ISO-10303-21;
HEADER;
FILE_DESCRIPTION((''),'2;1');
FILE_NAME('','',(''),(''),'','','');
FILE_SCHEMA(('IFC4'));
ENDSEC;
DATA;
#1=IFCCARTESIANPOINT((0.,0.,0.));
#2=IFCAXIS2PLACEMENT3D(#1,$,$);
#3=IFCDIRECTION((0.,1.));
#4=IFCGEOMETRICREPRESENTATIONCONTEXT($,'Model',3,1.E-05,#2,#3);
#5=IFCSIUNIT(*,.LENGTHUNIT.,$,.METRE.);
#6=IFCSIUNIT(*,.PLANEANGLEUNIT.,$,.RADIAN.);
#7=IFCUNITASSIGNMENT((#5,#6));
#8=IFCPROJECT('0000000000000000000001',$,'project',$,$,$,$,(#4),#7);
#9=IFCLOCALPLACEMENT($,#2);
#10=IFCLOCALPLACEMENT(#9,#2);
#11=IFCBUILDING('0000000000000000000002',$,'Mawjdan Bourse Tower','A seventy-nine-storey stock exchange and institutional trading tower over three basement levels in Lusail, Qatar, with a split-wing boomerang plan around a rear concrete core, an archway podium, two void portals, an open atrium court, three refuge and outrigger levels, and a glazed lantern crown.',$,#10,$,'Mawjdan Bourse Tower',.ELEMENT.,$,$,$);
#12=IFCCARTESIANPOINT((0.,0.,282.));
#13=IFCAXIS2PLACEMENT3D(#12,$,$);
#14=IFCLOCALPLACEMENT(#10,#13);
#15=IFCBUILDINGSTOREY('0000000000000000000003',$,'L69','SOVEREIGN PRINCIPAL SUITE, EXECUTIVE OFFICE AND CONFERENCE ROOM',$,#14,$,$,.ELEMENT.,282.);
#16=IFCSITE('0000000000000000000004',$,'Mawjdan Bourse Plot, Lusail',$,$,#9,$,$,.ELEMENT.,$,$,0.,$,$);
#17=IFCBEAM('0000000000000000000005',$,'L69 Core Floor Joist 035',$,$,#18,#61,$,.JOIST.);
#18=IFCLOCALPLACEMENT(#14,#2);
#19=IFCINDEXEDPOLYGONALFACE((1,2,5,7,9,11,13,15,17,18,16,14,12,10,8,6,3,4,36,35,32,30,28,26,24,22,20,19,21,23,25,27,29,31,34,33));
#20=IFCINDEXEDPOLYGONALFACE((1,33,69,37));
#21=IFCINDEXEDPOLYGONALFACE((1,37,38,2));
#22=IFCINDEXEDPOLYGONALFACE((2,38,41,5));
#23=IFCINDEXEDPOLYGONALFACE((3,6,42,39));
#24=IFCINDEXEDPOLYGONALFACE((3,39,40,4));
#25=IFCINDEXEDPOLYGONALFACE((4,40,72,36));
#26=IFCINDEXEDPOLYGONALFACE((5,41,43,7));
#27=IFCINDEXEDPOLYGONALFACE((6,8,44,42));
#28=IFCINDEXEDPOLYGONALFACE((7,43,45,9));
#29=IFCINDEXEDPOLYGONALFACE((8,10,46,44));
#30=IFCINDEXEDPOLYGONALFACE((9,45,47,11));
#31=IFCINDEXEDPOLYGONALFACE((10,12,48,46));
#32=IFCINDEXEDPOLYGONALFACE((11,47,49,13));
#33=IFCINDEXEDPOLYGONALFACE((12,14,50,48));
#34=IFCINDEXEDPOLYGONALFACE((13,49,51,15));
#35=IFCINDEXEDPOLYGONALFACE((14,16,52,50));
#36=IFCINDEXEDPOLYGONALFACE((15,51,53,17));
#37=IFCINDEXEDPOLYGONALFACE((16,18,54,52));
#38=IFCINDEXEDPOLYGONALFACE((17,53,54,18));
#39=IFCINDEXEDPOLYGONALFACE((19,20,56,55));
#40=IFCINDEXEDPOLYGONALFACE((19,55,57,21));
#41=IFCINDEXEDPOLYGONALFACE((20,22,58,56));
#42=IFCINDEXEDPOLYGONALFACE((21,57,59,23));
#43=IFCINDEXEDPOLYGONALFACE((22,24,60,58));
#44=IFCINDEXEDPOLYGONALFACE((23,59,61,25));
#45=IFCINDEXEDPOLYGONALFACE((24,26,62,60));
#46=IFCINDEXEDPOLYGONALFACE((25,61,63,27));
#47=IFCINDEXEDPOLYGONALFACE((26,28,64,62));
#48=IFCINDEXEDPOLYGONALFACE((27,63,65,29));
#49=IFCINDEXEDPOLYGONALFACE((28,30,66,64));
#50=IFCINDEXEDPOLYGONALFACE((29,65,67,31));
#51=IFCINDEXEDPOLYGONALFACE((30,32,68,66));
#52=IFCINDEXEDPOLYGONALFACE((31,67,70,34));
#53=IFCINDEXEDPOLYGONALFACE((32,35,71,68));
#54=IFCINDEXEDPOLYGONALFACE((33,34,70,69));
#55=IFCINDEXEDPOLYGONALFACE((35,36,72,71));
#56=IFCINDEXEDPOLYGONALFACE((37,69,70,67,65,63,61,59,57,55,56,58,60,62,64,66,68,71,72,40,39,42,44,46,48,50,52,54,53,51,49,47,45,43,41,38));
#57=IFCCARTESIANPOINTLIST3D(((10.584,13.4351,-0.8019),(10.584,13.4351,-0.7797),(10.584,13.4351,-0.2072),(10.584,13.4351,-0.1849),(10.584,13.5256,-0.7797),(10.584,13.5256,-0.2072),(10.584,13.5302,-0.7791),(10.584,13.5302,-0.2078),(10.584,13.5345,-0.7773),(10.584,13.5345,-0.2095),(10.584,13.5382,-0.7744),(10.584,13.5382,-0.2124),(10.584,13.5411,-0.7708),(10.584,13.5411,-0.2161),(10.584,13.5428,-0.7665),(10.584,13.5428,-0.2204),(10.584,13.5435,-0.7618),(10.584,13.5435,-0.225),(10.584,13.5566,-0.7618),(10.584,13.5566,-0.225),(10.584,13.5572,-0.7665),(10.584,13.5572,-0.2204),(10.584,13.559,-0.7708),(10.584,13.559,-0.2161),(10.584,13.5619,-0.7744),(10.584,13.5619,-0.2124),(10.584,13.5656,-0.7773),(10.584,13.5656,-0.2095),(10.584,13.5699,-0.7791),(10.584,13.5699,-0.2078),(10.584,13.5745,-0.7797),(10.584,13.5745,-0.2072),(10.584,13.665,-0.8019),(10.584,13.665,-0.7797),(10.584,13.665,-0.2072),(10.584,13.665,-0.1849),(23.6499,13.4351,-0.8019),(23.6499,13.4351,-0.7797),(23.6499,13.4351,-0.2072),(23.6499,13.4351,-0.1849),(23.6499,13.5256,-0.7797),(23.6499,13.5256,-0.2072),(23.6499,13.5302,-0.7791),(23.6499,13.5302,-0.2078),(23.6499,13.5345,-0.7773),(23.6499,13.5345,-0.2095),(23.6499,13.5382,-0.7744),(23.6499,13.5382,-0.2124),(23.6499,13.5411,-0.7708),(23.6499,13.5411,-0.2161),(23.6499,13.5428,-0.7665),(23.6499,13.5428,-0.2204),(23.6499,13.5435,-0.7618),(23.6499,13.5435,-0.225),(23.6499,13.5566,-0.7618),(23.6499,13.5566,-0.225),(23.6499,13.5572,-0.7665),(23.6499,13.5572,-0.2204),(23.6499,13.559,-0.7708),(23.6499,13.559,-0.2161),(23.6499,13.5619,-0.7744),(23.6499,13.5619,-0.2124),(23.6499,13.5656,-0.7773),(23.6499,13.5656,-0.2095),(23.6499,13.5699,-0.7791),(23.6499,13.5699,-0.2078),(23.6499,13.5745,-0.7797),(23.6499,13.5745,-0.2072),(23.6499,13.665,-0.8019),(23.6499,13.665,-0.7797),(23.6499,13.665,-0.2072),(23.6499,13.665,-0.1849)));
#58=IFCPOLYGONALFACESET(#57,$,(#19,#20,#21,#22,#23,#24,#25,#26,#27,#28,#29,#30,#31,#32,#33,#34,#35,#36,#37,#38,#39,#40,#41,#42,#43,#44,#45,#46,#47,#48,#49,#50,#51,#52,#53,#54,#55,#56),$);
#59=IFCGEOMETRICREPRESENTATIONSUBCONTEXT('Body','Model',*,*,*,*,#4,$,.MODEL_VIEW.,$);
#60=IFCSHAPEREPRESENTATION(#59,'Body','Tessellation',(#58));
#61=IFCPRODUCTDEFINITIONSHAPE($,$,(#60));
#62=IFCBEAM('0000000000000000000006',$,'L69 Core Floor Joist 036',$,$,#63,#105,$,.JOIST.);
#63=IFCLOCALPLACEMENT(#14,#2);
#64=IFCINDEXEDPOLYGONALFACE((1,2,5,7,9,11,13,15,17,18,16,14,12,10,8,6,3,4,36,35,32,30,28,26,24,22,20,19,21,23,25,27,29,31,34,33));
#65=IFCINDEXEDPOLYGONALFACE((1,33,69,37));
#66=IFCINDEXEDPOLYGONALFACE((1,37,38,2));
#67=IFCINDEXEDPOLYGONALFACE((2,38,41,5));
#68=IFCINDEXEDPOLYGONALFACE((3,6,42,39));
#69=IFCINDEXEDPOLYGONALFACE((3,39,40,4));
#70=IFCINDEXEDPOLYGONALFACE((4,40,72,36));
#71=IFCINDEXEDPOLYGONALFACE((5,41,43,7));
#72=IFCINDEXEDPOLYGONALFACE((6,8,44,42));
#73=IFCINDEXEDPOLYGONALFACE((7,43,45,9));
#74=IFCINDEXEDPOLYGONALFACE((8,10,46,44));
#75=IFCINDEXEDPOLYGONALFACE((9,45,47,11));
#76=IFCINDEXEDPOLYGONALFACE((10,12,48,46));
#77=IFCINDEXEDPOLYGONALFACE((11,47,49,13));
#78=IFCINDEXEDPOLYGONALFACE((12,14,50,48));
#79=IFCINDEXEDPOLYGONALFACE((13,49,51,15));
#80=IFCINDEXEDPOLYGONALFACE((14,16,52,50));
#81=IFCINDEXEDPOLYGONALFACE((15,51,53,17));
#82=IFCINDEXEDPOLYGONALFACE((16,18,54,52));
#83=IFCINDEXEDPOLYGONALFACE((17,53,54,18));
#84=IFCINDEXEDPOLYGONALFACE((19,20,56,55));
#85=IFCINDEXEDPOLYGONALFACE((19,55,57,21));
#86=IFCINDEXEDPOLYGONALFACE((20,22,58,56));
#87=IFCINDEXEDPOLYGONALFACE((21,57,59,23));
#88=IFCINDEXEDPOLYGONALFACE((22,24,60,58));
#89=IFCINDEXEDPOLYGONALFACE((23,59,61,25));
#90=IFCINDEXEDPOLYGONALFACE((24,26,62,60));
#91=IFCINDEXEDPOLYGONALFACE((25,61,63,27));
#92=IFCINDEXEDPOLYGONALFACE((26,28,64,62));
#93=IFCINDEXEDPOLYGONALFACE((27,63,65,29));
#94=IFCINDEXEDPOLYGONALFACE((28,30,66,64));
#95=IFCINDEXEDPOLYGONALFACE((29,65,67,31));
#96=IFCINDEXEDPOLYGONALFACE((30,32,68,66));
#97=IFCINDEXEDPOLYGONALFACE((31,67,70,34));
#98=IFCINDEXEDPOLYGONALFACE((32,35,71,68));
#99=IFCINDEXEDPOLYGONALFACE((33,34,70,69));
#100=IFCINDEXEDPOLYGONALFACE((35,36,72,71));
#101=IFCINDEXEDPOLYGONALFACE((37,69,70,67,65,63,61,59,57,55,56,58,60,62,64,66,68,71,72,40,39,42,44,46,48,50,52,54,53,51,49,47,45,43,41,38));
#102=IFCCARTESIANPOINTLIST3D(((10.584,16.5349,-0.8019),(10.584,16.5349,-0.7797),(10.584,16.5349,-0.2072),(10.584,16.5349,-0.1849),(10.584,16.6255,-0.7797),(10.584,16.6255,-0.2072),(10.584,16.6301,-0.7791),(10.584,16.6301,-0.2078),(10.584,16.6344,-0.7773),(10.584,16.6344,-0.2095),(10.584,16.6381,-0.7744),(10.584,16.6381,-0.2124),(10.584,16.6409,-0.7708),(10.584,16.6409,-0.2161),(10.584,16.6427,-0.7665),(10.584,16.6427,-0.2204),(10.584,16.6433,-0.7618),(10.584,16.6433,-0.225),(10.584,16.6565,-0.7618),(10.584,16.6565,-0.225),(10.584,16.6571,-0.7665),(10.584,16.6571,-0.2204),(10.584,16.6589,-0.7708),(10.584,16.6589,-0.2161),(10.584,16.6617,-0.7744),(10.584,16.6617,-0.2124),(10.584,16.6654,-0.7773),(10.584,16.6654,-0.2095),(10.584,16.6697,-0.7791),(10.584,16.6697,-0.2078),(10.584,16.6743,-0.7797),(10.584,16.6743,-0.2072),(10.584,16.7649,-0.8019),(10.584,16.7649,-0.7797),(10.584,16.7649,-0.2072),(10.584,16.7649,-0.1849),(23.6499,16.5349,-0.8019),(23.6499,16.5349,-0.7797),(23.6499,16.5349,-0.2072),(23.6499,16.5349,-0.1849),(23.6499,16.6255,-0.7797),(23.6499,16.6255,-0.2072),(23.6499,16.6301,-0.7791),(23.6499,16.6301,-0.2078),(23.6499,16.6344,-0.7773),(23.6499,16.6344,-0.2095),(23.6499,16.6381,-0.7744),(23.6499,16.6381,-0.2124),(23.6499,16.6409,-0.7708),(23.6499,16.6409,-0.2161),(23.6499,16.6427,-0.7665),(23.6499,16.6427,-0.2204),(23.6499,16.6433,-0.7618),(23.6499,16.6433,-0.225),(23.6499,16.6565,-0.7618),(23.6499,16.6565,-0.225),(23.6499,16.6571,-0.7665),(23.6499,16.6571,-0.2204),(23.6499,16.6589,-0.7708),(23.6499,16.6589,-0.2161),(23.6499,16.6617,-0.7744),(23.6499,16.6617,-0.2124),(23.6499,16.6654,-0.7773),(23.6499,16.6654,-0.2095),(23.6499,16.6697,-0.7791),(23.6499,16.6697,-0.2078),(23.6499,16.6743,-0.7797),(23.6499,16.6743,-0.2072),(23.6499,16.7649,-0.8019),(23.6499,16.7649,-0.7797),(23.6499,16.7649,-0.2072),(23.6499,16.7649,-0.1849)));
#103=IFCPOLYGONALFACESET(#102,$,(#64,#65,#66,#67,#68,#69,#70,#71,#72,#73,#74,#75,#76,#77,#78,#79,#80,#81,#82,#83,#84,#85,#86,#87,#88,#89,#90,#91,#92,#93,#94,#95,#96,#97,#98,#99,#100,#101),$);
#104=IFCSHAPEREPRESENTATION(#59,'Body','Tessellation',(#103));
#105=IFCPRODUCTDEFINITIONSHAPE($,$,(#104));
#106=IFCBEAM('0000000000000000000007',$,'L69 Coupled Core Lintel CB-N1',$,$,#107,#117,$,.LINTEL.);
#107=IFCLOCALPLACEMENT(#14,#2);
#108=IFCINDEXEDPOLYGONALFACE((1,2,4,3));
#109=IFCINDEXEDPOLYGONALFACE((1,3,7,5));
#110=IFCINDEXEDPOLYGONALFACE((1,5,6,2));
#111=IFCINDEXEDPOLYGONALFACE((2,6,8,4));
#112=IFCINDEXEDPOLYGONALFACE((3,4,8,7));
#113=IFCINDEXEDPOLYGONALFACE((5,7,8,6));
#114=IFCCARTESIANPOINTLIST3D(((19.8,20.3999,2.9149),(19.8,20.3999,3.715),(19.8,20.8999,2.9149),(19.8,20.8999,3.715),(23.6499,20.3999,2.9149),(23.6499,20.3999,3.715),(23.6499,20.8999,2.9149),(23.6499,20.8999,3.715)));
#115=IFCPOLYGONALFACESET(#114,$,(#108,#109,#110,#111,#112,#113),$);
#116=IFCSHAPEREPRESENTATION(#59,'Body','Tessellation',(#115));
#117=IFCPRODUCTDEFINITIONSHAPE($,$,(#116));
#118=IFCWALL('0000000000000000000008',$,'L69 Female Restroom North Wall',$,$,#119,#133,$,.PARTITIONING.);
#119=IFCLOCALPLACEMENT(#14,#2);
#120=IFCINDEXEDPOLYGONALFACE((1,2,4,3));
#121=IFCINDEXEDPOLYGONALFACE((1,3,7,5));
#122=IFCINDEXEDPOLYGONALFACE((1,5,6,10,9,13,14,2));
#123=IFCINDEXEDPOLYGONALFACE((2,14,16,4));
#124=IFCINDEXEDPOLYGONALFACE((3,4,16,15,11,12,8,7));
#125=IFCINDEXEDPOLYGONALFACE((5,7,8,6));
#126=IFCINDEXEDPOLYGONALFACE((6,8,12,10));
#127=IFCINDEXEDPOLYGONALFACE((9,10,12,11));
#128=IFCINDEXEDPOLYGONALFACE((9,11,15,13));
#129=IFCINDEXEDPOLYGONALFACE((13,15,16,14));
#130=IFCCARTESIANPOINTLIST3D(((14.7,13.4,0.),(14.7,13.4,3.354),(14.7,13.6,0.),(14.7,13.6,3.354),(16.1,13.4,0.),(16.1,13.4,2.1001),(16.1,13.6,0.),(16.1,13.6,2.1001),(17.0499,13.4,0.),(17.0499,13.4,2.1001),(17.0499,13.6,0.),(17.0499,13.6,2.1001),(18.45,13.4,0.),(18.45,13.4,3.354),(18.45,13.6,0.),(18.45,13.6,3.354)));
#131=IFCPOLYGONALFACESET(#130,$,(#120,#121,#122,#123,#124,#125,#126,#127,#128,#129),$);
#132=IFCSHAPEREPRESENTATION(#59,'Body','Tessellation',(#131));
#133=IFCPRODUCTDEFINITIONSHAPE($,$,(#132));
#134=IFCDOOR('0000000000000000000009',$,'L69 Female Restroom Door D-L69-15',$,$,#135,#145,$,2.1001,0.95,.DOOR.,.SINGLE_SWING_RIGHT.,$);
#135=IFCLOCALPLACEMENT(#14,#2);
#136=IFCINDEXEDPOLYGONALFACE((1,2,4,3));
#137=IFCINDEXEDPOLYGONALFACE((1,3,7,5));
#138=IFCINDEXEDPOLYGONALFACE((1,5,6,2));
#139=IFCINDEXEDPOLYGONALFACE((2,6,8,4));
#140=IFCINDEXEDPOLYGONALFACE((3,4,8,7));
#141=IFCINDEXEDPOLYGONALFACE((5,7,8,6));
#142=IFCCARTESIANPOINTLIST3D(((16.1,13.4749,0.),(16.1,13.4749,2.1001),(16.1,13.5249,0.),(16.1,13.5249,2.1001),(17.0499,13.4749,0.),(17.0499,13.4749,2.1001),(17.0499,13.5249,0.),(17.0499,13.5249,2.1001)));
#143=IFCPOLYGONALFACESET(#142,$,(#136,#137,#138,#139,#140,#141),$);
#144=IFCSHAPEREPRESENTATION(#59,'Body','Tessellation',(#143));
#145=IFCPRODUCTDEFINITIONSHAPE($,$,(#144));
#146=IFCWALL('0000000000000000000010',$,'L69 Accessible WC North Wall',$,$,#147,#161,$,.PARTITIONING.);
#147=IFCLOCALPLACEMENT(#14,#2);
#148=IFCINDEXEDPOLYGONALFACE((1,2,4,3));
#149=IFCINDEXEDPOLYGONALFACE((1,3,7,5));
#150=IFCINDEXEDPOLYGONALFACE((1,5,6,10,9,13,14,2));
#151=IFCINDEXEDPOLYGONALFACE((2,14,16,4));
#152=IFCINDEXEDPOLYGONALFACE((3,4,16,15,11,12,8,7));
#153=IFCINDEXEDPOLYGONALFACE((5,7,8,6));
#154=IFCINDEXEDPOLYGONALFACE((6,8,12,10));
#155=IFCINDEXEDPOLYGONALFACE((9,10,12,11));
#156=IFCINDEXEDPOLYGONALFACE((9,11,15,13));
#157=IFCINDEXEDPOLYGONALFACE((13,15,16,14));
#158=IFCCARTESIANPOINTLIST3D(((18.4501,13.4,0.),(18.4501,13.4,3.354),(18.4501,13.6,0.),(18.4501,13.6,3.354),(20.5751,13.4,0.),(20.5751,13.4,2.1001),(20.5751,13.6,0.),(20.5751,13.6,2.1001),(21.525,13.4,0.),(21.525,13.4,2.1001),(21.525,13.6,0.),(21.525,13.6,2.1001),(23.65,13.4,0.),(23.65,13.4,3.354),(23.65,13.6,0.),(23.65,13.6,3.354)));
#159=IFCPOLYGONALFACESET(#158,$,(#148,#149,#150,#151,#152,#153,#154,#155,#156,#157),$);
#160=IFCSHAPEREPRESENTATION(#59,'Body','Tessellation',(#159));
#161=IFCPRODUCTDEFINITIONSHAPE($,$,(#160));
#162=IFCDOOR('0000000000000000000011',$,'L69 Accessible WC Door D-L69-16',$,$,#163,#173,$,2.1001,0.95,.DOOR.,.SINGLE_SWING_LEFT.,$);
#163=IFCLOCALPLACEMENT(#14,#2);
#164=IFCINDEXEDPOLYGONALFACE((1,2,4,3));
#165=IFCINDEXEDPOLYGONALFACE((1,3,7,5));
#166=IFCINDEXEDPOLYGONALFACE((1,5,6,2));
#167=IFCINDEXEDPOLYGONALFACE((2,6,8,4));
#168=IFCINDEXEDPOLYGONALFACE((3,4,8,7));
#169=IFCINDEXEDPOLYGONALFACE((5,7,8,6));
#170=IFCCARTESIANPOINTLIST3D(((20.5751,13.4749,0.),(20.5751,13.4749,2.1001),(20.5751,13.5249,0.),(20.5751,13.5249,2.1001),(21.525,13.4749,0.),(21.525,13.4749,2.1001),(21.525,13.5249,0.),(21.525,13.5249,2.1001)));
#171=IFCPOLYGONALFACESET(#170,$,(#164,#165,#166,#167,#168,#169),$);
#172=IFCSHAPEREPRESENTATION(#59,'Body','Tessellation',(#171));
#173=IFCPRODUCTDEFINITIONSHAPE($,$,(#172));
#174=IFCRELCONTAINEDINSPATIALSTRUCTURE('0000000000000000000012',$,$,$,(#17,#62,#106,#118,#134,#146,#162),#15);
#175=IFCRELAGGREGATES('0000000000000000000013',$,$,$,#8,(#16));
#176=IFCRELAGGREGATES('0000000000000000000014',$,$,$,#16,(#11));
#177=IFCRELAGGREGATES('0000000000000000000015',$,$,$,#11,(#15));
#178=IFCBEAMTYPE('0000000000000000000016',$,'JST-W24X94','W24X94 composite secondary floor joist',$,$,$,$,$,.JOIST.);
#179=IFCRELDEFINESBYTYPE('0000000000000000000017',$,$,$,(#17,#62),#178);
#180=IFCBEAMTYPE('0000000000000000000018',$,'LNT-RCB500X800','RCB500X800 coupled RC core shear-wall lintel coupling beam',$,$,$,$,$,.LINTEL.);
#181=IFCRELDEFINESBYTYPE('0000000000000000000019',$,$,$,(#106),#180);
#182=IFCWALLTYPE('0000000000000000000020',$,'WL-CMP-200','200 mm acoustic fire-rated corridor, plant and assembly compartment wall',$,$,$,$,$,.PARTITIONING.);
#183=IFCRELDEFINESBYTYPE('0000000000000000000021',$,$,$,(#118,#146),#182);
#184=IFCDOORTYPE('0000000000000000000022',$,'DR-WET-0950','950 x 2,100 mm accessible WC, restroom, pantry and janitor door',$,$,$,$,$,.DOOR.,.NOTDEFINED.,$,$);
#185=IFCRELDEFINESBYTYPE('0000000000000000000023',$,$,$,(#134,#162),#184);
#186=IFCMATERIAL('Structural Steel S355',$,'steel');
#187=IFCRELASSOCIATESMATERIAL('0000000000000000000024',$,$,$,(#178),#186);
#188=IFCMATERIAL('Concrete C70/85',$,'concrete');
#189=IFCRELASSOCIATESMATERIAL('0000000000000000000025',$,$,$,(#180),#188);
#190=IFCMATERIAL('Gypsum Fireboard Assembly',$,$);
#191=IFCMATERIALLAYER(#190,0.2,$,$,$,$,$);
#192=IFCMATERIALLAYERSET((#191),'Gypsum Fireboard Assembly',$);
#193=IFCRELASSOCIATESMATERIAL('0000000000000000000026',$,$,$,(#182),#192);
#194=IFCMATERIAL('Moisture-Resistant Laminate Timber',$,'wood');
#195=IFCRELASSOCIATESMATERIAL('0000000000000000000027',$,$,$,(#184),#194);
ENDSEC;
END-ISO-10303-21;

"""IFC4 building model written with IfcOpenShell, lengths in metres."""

from ifc_helpers import new_model, si_unit, direction, frame, frame_2d, origin, origin_2d, place, context, subcontext, project, spatial, rectangle, i_section, extrude, material, layer, layer_set, material_profile, profile_set, type_object, element, fill, save


model = new_model("IFC4")

# Units and contexts
model_context = context("Model", 3, precision=1e-05, world=origin(), true_north=direction((0.0, 1.0)))
body_context = subcontext(model_context, "Body", "Model", "MODEL_VIEW")
ifc_project = project(units=[si_unit("LENGTHUNIT", "METRE"), si_unit("PLANEANGLEUNIT", "RADIAN")], contexts=[model_context])

# Site, building, storey
site_placement = place(None, origin())
site = spatial("IfcSite", under=ifc_project, at=site_placement, Name="Mawjdan Bourse Plot, Lusail", CompositionType="ELEMENT", RefElevation=0.0)
building_placement = place(site_placement, origin())
building = spatial("IfcBuilding", under=site, at=building_placement, Name="Mawjdan Bourse Tower", Description="A seventy-nine-storey stock exchange and institutional trading tower over three basement levels in Lusail, Qatar, with a split-wing boomerang plan around a rear concrete core, an archway podium, two void portals, an open atrium court, three refuge and outrigger levels, and a glazed lantern crown.", LongName="Mawjdan Bourse Tower", CompositionType="ELEMENT")
storey_placement = place(building_placement, frame((0.0, 0.0, 282.0)))
storey = spatial("IfcBuildingStorey", under=building, at=storey_placement, Name="L69", Description="SOVEREIGN PRINCIPAL SUITE, EXECUTIVE OFFICE AND CONFERENCE ROOM", CompositionType="ELEMENT", Elevation=282.0)

# Beams
ifc_material_1 = material(Name="Structural Steel S355", Category="steel")
ifc_material_profile_1 = material_profile(ifc_material_1, i_section(OverallWidth=0.23, OverallDepth=0.6169, WebThickness=0.0132, FlangeThickness=0.0222, FilletRadius=0.0178, at=origin_2d()), Name="W24X94")
ifc_profile_set_1 = profile_set([ifc_material_profile_1], Name="Structural Steel S355")
beam_type_1 = type_object("IfcBeamType", Name="JST-W24X94", Description="W24X94 composite secondary floor joist", PredefinedType="JOIST", material=ifc_profile_set_1)
for number, where, z_axis, x_axis, name in (
    (1, (10.584, 13.55, -0.4934), (1.0, 0.0, 0.0), (0.0, 1.0, 0.0), "L69 Core Floor Joist 035"),
    (2, (10.584, 16.6499, -0.4934), (1.0, 0.0, 0.0), (0.0, 1.0, 0.0), "L69 Core Floor Joist 036"),
):
    element("IfcBeam", number, at=place(storey_placement, frame(where, z_axis=z_axis, x_axis=x_axis)), inside=storey, type_object=beam_type_1, Name=name, PredefinedType="JOIST", context=body_context, shape_type="SweptSolid", body=[
        extrude(i_section(OverallWidth=0.23, OverallDepth=0.6169, WebThickness=0.0132, FlangeThickness=0.0222, FilletRadius=0.0178, at=origin_2d()), origin(), (0.0, 0.0, 1.0), 13.0659),
    ])
ifc_material_2 = material(Name="Concrete C70/85", Category="concrete")
ifc_material_profile_2 = material_profile(ifc_material_2, rectangle(XDim=0.5, YDim=0.8, at=origin_2d()), Name="RCB500X800")
ifc_profile_set_2 = profile_set([ifc_material_profile_2], Name="Concrete C70/85")
beam_type_2 = type_object("IfcBeamType", Name="LNT-RCB500X800", Description="RCB500X800 coupled RC core shear-wall lintel coupling beam", PredefinedType="LINTEL", material=ifc_profile_set_2)
beam_placement = place(storey_placement, frame((19.8, 20.6499, 3.3149), z_axis=(1.0, 0.0, 0.0), x_axis=(0.0, 1.0, 0.0)))
element("IfcBeam", 3, at=beam_placement, inside=storey, type_object=beam_type_2, Name="L69 Coupled Core Lintel CB-N1", PredefinedType="LINTEL", context=body_context, shape_type="SweptSolid", body=[
    extrude(rectangle(XDim=0.5, YDim=0.8, at=origin_2d()), origin(), (0.0, 0.0, 1.0), 3.8499),
])

# Walls, openings, doors
ifc_material_3 = material(Name="Gypsum Fireboard Assembly")
ifc_layer_1 = layer(ifc_material_3, 0.2)
ifc_layer_set_1 = layer_set([ifc_layer_1], Name="Gypsum Fireboard Assembly")
wall_type_1 = type_object("IfcWallType", Name="WL-CMP-200", Description="200 mm acoustic fire-rated corridor, plant and assembly compartment wall", PredefinedType="PARTITIONING", material=ifc_layer_set_1)
wall_1_placement = place(storey_placement, frame((14.7, 13.5, 0.0), z_axis=(0.0, 0.0, 1.0), x_axis=(1.0, 0.0, 0.0)))
wall_1 = element("IfcWall", 4, at=wall_1_placement, inside=storey, type_object=wall_type_1, Name="L69 Female Restroom North Wall", PredefinedType="PARTITIONING", context=body_context, shape_type="SweptSolid", body=[
    extrude(rectangle(XDim=3.75, YDim=0.2, at=frame_2d((1.875, 0.0))), origin(), (0.0, 0.0, 1.0), 3.354),
])
opening_1_placement = place(wall_1_placement, frame((1.3999, 0.0, 0.0)))
opening_1 = element("IfcOpeningElement", 5, at=opening_1_placement, cuts=wall_1, PredefinedType="OPENING", context=body_context, shape_type="SweptSolid", body=[
    extrude(rectangle(XDim=0.95, YDim=2.1001, at=frame_2d((0.4751, 1.05))), frame((0.0, 0.1099, 0.0), z_axis=(0.0, -1.0, 0.0), x_axis=(1.0, 0.0, 0.0)), (0.0, 0.0, 1.0), 0.22),
])
ifc_material_4 = material(Name="Moisture-Resistant Laminate Timber", Category="wood")
door_type_1 = type_object("IfcDoorType", Name="DR-WET-0950", Description="950 x 2,100 mm accessible WC, restroom, pantry and janitor door", OperationType="NOTDEFINED", PredefinedType="DOOR", material=ifc_material_4)
door_1_placement = place(opening_1_placement, origin())
door_1 = element("IfcDoor", 6, at=door_1_placement, inside=storey, type_object=door_type_1, Name="L69 Female Restroom Door D-L69-15", OperationType="SINGLE_SWING_RIGHT", OverallHeight=2.1001, OverallWidth=0.95, PredefinedType="DOOR", context=body_context, shape_type="SweptSolid", body=[
    extrude(rectangle(XDim=0.95, YDim=2.1001, at=frame_2d((0.4751, 1.05))), frame((0.0, 0.0249, 0.0), z_axis=(0.0, -1.0, 0.0), x_axis=(1.0, 0.0, 0.0)), (0.0, 0.0, 1.0), 0.05),
])
fill(opening_1, door_1)
wall_2_placement = place(storey_placement, frame((18.45, 13.5, 0.0), z_axis=(0.0, 0.0, 1.0), x_axis=(1.0, 0.0, 0.0)))
wall_2 = element("IfcWall", 7, at=wall_2_placement, inside=storey, type_object=wall_type_1, Name="L69 Accessible WC North Wall", PredefinedType="PARTITIONING", context=body_context, shape_type="SweptSolid", body=[
    extrude(rectangle(XDim=5.2, YDim=0.2, at=frame_2d((2.6001, 0.0))), origin(), (0.0, 0.0, 1.0), 3.354),
])
opening_2_placement = place(wall_2_placement, frame((2.125, 0.0, 0.0)))
opening_2 = element("IfcOpeningElement", 8, at=opening_2_placement, cuts=wall_2, PredefinedType="OPENING", context=body_context, shape_type="SweptSolid", body=[
    extrude(rectangle(XDim=0.95, YDim=2.1001, at=frame_2d((0.4751, 1.05))), frame((0.0, 0.1099, 0.0), z_axis=(0.0, -1.0, 0.0), x_axis=(1.0, 0.0, 0.0)), (0.0, 0.0, 1.0), 0.22),
])
door_2_placement = place(opening_2_placement, origin())
door_2 = element("IfcDoor", 9, at=door_2_placement, inside=storey, type_object=door_type_1, Name="L69 Accessible WC Door D-L69-16", OperationType="SINGLE_SWING_LEFT", OverallHeight=2.1001, OverallWidth=0.95, PredefinedType="DOOR", context=body_context, shape_type="SweptSolid", body=[
    extrude(rectangle(XDim=0.95, YDim=2.1001, at=frame_2d((0.4751, 1.05))), frame((0.0, 0.0249, 0.0), z_axis=(0.0, -1.0, 0.0), x_axis=(1.0, 0.0, 0.0)), (0.0, 0.0, 1.0), 0.05),
])
fill(opening_2, door_2)

save(model, "model.ifc")
